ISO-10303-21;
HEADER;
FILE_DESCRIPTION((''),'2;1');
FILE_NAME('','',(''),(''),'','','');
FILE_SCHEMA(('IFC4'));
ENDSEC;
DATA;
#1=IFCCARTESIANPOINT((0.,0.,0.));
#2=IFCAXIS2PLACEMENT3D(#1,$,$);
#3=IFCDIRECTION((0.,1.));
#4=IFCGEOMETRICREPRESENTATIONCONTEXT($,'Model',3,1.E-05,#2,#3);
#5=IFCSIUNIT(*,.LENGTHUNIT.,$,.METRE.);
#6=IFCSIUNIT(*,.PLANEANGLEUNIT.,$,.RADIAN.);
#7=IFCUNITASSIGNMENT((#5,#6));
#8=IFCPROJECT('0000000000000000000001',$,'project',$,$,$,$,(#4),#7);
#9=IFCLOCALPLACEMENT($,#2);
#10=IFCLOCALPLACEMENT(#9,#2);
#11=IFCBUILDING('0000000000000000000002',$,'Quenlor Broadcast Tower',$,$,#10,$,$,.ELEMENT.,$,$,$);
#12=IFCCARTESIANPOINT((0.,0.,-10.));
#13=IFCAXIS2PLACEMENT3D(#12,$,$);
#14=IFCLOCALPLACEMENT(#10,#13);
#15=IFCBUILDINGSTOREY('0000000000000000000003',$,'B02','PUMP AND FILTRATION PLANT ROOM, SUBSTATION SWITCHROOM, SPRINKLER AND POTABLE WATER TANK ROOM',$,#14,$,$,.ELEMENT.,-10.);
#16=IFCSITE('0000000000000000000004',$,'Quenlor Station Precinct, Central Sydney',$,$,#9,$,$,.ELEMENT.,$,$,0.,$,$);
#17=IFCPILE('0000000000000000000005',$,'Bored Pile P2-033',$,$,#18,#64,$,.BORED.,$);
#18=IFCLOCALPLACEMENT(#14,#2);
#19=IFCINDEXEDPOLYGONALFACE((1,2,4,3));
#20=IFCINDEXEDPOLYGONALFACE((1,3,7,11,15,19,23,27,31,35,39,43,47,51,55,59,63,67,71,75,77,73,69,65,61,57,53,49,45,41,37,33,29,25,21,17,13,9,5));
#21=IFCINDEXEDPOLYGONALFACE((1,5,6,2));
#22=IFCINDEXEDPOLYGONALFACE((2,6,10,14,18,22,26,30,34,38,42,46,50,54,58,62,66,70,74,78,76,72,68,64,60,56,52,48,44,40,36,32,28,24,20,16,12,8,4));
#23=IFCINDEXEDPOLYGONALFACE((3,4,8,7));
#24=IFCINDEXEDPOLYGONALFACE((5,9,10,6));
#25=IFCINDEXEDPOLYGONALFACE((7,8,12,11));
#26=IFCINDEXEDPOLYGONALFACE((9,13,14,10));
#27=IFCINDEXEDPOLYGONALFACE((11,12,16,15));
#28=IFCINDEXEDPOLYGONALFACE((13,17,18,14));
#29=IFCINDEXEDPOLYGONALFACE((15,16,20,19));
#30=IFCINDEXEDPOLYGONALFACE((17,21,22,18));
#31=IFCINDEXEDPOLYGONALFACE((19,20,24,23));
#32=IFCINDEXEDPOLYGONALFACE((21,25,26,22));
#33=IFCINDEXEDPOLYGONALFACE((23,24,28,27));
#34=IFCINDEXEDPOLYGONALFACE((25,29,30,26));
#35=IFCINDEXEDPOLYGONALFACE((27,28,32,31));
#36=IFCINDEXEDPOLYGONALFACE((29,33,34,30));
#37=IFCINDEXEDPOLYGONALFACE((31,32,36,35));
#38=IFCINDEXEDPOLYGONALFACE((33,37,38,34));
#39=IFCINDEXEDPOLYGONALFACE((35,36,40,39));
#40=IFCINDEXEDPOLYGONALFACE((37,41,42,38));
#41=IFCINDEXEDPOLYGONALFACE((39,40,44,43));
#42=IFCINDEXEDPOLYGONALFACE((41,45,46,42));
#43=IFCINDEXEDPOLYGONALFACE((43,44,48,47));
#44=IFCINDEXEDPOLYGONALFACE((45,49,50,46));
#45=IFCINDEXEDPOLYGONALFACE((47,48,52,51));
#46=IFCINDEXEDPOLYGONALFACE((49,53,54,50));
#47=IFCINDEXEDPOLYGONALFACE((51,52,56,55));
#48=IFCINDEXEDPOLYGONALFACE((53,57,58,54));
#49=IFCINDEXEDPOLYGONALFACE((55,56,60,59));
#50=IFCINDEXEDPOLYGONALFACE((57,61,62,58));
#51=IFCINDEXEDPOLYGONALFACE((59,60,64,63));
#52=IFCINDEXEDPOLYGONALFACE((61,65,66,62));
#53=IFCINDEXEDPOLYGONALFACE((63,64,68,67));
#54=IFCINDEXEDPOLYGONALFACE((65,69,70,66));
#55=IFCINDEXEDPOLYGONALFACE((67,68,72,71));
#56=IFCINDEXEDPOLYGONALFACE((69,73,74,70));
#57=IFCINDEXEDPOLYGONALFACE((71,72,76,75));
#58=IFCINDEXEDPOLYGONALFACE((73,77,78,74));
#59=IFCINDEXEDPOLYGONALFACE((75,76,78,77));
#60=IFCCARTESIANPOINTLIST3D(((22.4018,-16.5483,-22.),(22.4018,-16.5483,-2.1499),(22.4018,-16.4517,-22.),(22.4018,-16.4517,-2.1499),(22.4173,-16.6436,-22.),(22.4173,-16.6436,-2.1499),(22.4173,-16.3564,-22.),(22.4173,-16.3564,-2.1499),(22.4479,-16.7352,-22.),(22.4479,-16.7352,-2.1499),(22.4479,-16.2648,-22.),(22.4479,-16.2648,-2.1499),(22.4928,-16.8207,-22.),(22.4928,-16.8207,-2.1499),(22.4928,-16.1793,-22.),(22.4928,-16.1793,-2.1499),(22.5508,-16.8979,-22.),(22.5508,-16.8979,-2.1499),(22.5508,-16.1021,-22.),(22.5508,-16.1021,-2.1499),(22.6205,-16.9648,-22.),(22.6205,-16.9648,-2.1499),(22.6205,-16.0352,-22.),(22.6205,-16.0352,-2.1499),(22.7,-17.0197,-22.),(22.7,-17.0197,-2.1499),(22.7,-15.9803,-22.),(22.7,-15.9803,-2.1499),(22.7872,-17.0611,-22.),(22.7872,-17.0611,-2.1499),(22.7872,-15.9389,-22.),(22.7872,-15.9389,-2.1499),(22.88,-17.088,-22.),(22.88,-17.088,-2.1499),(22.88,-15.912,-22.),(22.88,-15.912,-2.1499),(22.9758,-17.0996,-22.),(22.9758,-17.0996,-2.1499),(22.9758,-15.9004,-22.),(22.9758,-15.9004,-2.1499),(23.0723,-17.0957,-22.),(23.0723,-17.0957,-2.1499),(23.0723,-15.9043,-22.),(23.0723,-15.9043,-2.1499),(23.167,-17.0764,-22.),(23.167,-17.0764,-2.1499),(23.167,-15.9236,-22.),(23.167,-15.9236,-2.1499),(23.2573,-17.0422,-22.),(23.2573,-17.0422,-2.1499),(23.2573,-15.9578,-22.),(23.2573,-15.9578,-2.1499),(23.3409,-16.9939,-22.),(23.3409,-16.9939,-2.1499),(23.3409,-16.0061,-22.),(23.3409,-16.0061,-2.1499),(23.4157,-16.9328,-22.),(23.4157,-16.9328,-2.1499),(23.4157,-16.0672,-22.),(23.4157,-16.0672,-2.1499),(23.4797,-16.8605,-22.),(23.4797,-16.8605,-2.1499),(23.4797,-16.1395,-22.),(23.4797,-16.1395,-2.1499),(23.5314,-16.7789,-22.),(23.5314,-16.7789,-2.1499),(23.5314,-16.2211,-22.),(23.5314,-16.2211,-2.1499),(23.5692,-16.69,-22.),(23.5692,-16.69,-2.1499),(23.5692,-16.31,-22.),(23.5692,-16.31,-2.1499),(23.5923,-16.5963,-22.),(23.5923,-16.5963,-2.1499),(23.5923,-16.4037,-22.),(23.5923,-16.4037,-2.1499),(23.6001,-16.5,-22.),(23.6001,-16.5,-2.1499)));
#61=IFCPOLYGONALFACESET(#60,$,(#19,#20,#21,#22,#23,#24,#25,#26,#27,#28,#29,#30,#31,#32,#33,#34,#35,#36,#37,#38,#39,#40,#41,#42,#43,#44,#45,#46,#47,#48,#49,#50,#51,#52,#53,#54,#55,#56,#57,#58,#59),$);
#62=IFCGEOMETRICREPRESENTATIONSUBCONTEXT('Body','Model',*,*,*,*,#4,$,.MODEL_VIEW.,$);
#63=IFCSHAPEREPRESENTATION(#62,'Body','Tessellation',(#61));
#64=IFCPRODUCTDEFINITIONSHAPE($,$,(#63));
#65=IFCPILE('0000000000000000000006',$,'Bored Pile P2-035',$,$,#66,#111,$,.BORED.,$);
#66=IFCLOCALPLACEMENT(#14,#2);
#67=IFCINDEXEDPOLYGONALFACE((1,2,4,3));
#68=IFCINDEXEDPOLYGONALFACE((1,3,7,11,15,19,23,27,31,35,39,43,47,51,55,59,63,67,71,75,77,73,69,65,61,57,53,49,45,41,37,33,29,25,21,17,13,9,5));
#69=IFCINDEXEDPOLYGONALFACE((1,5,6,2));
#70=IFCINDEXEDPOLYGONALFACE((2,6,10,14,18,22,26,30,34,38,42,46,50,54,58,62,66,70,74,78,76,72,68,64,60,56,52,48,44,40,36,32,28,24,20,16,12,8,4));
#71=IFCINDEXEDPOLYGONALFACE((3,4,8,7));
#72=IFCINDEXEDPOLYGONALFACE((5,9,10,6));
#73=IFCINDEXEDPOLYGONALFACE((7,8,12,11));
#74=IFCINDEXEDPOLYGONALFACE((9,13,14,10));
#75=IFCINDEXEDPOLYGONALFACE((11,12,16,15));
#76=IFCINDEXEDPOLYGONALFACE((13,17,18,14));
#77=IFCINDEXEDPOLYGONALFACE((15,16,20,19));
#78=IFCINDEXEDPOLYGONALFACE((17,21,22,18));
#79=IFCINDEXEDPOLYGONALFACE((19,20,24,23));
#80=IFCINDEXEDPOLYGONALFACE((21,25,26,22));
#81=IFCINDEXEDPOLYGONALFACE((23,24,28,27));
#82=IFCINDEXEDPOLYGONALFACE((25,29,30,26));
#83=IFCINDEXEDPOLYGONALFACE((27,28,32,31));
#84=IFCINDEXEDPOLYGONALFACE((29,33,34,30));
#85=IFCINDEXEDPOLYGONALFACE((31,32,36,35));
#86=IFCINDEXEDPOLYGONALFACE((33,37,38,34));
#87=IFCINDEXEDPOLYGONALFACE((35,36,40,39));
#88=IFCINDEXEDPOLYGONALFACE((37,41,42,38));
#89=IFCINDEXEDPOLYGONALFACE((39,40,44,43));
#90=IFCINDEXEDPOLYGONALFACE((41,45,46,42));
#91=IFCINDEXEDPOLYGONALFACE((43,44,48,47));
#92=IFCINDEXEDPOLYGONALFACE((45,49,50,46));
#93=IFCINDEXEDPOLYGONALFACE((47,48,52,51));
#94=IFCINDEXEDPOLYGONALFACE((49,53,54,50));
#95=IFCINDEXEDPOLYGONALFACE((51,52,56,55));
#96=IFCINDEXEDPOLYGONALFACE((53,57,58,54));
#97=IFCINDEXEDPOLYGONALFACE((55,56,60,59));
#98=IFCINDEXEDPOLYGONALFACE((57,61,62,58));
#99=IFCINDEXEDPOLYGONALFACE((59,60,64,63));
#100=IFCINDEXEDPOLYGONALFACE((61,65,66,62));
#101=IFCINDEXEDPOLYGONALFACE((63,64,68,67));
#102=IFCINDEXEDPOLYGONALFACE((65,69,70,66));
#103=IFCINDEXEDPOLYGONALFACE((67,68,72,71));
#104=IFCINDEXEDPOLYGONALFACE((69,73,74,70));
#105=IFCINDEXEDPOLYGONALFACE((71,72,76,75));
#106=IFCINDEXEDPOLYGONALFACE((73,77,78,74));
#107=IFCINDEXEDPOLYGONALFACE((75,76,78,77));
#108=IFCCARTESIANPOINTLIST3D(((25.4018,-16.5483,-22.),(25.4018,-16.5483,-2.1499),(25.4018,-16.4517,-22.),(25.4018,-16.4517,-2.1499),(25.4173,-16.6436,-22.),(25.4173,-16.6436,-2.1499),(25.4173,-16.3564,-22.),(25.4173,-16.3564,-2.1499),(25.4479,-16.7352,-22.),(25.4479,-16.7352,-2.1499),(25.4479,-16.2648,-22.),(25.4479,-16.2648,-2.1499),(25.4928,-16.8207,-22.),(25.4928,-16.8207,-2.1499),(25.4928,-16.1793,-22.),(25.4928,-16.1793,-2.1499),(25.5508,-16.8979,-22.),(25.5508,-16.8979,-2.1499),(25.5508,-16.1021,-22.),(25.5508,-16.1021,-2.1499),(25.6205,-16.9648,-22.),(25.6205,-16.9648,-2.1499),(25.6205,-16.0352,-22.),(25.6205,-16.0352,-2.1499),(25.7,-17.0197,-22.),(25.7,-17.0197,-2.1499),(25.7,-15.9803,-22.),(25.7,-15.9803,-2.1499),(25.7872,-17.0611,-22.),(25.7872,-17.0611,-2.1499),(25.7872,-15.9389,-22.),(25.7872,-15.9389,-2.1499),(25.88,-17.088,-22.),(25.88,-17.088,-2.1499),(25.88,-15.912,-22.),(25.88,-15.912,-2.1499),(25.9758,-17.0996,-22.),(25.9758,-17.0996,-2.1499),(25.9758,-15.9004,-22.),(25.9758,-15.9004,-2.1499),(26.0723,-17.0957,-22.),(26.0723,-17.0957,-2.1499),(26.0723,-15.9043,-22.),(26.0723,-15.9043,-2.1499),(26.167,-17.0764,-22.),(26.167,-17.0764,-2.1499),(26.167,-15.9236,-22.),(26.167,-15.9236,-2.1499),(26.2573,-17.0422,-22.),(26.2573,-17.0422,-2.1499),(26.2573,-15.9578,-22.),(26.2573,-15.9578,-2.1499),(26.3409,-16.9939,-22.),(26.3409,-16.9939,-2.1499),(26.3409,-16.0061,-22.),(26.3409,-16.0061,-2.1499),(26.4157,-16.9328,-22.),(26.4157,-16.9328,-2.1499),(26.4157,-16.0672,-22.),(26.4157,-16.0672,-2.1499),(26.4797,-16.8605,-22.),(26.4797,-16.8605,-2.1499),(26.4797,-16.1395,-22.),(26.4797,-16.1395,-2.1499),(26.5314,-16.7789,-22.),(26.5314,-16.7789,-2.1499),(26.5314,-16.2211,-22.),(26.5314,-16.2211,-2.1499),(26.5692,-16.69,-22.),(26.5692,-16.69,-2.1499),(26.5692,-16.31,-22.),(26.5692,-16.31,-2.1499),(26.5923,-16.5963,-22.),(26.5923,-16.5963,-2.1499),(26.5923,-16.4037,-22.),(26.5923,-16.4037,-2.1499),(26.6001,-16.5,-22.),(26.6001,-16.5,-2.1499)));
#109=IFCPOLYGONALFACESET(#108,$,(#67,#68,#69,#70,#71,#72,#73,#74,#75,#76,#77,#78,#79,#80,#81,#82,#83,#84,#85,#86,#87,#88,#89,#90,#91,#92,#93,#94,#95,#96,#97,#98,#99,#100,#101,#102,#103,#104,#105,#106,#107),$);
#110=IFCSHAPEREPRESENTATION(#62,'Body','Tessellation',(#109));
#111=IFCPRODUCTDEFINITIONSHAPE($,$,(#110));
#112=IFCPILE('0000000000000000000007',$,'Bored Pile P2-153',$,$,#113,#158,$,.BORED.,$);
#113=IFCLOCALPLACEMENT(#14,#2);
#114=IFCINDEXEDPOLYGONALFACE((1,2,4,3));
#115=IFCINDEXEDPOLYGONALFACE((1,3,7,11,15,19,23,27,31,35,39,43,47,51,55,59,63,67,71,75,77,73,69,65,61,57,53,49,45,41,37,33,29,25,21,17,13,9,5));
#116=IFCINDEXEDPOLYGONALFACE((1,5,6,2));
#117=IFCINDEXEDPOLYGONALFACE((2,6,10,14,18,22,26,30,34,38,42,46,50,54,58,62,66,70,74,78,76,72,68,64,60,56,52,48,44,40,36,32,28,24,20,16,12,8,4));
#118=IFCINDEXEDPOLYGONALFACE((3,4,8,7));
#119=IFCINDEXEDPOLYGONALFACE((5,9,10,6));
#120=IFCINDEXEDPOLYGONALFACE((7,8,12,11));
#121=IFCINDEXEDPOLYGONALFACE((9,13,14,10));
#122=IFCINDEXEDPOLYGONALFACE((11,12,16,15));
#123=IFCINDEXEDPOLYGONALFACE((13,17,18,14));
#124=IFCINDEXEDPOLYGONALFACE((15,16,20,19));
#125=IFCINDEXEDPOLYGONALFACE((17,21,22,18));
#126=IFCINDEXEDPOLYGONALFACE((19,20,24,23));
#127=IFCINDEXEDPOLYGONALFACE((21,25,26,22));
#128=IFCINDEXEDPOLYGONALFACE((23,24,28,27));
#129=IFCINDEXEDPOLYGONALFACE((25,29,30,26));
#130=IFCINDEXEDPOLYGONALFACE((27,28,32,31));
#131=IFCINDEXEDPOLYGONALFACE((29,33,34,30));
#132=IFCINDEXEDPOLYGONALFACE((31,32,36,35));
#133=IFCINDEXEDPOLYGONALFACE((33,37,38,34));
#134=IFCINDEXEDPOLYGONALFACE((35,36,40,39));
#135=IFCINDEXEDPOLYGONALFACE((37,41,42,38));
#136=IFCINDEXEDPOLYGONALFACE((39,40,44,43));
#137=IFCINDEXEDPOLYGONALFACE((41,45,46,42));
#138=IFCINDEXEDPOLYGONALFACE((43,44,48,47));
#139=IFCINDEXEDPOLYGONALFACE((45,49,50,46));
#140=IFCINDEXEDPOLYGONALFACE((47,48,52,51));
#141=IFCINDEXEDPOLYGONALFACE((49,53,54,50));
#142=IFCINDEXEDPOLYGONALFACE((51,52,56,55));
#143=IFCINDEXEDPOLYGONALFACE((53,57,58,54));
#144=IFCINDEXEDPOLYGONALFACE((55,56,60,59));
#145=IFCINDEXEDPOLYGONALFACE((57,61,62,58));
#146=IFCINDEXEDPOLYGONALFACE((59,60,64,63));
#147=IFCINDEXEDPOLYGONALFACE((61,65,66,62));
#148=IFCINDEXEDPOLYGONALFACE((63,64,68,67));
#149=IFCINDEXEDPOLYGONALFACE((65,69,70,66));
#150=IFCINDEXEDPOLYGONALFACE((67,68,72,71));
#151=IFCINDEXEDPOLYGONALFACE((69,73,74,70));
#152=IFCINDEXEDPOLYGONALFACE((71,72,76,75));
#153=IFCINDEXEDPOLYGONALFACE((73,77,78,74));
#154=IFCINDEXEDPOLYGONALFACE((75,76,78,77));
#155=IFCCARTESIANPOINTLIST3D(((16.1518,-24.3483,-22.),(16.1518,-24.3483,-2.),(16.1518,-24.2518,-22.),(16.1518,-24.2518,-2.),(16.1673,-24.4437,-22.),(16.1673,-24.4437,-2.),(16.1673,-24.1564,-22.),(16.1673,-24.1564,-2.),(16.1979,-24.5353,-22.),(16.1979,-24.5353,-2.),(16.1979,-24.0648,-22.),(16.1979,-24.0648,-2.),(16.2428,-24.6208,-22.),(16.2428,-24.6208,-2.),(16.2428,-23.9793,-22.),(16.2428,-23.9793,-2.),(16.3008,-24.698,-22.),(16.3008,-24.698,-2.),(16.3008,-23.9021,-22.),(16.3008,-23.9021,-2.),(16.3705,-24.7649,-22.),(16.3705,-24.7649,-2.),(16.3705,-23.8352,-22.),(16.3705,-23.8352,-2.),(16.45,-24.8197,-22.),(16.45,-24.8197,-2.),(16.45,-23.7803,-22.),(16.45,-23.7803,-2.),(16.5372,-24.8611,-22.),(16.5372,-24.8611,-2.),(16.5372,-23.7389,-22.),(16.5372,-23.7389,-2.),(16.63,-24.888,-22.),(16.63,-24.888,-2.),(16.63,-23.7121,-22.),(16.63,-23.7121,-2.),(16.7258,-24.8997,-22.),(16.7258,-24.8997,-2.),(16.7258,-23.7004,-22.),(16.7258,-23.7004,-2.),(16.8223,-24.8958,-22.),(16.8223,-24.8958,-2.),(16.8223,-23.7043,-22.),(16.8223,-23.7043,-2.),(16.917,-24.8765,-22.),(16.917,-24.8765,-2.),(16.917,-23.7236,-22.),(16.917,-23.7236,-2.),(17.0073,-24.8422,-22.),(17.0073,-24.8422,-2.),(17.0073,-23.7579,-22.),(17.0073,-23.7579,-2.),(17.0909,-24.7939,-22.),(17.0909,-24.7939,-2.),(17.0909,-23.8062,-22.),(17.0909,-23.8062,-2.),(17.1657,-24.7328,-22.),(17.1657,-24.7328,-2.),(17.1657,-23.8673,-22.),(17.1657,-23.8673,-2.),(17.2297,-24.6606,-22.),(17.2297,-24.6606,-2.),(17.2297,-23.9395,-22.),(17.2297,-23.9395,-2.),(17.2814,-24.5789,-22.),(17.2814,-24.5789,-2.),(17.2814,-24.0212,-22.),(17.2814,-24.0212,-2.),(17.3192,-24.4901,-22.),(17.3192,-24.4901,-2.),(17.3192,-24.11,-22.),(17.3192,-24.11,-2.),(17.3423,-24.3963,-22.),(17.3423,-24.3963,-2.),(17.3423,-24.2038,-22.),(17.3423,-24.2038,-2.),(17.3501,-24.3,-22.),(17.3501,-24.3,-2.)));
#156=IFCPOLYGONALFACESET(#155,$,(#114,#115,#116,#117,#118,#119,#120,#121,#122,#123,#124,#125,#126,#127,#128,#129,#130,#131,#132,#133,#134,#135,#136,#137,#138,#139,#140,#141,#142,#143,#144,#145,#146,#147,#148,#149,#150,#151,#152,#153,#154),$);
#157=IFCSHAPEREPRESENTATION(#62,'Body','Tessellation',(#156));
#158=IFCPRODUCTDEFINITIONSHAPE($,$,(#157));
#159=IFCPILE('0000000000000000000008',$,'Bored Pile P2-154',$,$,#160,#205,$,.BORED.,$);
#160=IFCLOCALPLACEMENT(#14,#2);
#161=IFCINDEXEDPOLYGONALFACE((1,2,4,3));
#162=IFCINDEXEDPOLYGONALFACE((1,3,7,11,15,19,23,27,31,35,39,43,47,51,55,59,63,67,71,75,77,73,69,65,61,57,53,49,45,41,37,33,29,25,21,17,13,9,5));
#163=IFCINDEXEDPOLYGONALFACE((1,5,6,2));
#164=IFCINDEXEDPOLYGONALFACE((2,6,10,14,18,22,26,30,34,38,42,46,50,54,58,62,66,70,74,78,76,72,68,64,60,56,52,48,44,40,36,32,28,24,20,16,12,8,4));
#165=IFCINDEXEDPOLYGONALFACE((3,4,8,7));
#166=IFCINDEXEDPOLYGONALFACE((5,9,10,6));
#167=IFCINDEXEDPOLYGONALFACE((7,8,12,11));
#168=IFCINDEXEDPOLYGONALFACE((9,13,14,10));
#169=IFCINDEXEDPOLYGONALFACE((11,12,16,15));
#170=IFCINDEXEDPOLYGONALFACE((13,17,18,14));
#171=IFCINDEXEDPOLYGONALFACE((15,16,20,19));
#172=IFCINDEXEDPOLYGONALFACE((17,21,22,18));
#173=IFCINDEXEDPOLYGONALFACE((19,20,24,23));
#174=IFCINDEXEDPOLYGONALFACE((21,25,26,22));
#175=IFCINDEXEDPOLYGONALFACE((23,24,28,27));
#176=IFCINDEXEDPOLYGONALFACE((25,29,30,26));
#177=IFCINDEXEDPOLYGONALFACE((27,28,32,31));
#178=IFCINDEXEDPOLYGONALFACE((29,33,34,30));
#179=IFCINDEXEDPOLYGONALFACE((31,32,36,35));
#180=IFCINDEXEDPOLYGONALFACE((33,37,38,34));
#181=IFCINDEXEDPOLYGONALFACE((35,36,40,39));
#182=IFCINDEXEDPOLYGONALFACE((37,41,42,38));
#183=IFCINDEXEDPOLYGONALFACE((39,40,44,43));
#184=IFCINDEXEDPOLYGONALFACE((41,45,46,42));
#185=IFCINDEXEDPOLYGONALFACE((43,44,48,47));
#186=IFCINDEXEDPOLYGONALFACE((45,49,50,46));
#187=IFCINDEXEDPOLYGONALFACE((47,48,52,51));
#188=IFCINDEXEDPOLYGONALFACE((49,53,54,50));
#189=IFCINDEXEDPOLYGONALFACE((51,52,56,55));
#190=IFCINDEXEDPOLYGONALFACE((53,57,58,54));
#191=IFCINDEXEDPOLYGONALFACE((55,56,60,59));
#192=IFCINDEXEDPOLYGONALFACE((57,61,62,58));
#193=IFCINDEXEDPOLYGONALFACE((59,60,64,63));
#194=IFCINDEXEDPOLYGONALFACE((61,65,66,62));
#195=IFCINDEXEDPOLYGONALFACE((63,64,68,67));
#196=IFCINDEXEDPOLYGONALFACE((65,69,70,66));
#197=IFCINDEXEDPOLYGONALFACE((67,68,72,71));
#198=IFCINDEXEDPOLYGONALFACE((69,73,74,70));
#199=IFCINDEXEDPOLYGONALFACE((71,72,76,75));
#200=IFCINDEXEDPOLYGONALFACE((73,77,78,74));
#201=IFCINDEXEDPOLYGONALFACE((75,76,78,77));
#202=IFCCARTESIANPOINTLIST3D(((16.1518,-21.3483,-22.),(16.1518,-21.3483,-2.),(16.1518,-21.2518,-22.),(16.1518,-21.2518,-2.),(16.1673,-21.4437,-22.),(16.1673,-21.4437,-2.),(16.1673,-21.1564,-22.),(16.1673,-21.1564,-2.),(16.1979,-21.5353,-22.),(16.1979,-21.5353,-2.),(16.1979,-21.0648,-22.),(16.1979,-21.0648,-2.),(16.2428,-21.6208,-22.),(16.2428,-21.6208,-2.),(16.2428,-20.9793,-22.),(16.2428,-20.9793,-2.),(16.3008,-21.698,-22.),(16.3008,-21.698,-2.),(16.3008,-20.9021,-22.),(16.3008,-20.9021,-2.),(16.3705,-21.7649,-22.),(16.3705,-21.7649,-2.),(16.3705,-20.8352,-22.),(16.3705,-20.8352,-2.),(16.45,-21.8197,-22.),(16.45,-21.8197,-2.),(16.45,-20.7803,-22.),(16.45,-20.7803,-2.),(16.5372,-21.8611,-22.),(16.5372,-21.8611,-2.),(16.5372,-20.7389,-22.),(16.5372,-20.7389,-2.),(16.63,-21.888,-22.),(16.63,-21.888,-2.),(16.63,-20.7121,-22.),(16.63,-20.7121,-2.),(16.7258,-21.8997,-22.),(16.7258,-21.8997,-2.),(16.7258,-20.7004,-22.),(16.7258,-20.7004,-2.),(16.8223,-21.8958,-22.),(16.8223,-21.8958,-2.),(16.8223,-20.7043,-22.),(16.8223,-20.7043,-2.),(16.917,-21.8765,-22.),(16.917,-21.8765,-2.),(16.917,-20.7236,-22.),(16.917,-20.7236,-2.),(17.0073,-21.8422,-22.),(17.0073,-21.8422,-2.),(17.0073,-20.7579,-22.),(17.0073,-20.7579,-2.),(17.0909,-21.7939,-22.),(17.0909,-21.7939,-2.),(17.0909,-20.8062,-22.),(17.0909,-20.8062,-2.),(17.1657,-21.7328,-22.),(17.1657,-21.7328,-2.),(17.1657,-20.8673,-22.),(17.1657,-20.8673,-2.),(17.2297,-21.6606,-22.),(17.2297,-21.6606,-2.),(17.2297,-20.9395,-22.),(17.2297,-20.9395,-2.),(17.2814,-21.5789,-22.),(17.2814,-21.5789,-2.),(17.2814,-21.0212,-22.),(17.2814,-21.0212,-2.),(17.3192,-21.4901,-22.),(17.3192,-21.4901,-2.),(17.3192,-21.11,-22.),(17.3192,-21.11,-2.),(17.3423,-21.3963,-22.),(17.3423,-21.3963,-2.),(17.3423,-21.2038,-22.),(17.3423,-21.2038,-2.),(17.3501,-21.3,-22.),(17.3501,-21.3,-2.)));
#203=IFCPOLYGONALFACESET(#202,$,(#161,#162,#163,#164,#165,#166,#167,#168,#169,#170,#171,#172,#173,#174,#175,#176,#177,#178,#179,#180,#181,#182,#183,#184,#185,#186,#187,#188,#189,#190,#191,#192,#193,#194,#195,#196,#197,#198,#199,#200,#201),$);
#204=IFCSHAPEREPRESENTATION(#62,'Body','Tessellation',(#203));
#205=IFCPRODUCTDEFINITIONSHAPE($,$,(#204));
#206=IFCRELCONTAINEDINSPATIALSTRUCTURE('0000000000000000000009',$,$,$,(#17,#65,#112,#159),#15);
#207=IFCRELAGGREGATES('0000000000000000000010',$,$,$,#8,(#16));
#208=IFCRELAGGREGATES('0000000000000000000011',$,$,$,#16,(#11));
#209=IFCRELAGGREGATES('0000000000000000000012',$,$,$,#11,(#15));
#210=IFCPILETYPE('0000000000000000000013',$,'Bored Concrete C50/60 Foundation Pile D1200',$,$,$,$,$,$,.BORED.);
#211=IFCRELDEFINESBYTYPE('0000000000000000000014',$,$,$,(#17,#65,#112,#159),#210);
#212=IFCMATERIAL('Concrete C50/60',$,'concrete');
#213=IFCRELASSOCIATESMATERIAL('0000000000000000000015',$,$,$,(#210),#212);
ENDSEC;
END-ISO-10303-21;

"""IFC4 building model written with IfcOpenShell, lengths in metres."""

from ifc_helpers import new_model, si_unit, direction, frame, origin, origin_2d, place, context, subcontext, project, spatial, circle, extrude, material, material_profile, profile_set, type_object, element, save


model = new_model("IFC4")

# Units and contexts
model_context = context("Model", 3, precision=1e-05, world=origin(), true_north=direction((0.0, 1.0)))
body_context = subcontext(model_context, "Body", "Model", "MODEL_VIEW")
ifc_project = project(units=[si_unit("LENGTHUNIT", "METRE"), si_unit("PLANEANGLEUNIT", "RADIAN")], contexts=[model_context])

# Site, building, storey
site_placement = place(None, origin())
site = spatial("IfcSite", under=ifc_project, at=site_placement, Name="Quenlor Station Precinct, Central Sydney", CompositionType="ELEMENT", RefElevation=0.0)
building_placement = place(site_placement, origin())
building = spatial("IfcBuilding", under=site, at=building_placement, Name="Quenlor Broadcast Tower", CompositionType="ELEMENT")
storey_placement = place(building_placement, frame((0.0, 0.0, -10.0)))
storey = spatial("IfcBuildingStorey", under=building, at=storey_placement, Name="B02", Description="PUMP AND FILTRATION PLANT ROOM, SUBSTATION SWITCHROOM, SPRINKLER AND POTABLE WATER TANK ROOM", CompositionType="ELEMENT", Elevation=-10.0)

# Piles
ifc_material_1 = material(Name="Concrete C50/60", Category="concrete")
ifc_material_profile_1 = material_profile(ifc_material_1, circle(Radius=0.6001, at=origin_2d()))
ifc_profile_set_1 = profile_set([ifc_material_profile_1], Name="Concrete C50/60 PILE1200")
pile_type = type_object("IfcPileType", Name="Bored Concrete C50/60 Foundation Pile D1200", PredefinedType="BORED", material=ifc_profile_set_1)
for number, where, z_axis, x_axis, name in (
    (1, (23.0, -16.5, -2.1499), (0.0, 0.0, -1.0), (1.0, 0.0, 0.0), "Bored Pile P2-033"),
    (2, (26.0, -16.5, -2.1499), (0.0, 0.0, -1.0), (1.0, 0.0, 0.0), "Bored Pile P2-035"),
):
    element("IfcPile", number, at=place(storey_placement, frame(where, z_axis=z_axis, x_axis=x_axis)), inside=storey, type_object=pile_type, Name=name, PredefinedType="BORED", context=body_context, shape_type="SweptSolid", body=[
        extrude(circle(Radius=0.6001, at=origin_2d()), origin(), (0.0, 0.0, 1.0), 19.8501),
    ])
for number, where, z_axis, x_axis, name in (
    (3, (16.75, -24.3, -2.0), (0.0, 0.0, -1.0), (1.0, 0.0, 0.0), "Bored Pile P2-153"),
    (4, (16.75, -21.3, -2.0), (0.0, 0.0, -1.0), (1.0, 0.0, 0.0), "Bored Pile P2-154"),
):
    element("IfcPile", number, at=place(storey_placement, frame(where, z_axis=z_axis, x_axis=x_axis)), inside=storey, type_object=pile_type, Name=name, PredefinedType="BORED", context=body_context, shape_type="SweptSolid", body=[
        extrude(circle(Radius=0.6001, at=origin_2d()), origin(), (0.0, 0.0, 1.0), 20.0),
    ])

save(model, "model.ifc")
